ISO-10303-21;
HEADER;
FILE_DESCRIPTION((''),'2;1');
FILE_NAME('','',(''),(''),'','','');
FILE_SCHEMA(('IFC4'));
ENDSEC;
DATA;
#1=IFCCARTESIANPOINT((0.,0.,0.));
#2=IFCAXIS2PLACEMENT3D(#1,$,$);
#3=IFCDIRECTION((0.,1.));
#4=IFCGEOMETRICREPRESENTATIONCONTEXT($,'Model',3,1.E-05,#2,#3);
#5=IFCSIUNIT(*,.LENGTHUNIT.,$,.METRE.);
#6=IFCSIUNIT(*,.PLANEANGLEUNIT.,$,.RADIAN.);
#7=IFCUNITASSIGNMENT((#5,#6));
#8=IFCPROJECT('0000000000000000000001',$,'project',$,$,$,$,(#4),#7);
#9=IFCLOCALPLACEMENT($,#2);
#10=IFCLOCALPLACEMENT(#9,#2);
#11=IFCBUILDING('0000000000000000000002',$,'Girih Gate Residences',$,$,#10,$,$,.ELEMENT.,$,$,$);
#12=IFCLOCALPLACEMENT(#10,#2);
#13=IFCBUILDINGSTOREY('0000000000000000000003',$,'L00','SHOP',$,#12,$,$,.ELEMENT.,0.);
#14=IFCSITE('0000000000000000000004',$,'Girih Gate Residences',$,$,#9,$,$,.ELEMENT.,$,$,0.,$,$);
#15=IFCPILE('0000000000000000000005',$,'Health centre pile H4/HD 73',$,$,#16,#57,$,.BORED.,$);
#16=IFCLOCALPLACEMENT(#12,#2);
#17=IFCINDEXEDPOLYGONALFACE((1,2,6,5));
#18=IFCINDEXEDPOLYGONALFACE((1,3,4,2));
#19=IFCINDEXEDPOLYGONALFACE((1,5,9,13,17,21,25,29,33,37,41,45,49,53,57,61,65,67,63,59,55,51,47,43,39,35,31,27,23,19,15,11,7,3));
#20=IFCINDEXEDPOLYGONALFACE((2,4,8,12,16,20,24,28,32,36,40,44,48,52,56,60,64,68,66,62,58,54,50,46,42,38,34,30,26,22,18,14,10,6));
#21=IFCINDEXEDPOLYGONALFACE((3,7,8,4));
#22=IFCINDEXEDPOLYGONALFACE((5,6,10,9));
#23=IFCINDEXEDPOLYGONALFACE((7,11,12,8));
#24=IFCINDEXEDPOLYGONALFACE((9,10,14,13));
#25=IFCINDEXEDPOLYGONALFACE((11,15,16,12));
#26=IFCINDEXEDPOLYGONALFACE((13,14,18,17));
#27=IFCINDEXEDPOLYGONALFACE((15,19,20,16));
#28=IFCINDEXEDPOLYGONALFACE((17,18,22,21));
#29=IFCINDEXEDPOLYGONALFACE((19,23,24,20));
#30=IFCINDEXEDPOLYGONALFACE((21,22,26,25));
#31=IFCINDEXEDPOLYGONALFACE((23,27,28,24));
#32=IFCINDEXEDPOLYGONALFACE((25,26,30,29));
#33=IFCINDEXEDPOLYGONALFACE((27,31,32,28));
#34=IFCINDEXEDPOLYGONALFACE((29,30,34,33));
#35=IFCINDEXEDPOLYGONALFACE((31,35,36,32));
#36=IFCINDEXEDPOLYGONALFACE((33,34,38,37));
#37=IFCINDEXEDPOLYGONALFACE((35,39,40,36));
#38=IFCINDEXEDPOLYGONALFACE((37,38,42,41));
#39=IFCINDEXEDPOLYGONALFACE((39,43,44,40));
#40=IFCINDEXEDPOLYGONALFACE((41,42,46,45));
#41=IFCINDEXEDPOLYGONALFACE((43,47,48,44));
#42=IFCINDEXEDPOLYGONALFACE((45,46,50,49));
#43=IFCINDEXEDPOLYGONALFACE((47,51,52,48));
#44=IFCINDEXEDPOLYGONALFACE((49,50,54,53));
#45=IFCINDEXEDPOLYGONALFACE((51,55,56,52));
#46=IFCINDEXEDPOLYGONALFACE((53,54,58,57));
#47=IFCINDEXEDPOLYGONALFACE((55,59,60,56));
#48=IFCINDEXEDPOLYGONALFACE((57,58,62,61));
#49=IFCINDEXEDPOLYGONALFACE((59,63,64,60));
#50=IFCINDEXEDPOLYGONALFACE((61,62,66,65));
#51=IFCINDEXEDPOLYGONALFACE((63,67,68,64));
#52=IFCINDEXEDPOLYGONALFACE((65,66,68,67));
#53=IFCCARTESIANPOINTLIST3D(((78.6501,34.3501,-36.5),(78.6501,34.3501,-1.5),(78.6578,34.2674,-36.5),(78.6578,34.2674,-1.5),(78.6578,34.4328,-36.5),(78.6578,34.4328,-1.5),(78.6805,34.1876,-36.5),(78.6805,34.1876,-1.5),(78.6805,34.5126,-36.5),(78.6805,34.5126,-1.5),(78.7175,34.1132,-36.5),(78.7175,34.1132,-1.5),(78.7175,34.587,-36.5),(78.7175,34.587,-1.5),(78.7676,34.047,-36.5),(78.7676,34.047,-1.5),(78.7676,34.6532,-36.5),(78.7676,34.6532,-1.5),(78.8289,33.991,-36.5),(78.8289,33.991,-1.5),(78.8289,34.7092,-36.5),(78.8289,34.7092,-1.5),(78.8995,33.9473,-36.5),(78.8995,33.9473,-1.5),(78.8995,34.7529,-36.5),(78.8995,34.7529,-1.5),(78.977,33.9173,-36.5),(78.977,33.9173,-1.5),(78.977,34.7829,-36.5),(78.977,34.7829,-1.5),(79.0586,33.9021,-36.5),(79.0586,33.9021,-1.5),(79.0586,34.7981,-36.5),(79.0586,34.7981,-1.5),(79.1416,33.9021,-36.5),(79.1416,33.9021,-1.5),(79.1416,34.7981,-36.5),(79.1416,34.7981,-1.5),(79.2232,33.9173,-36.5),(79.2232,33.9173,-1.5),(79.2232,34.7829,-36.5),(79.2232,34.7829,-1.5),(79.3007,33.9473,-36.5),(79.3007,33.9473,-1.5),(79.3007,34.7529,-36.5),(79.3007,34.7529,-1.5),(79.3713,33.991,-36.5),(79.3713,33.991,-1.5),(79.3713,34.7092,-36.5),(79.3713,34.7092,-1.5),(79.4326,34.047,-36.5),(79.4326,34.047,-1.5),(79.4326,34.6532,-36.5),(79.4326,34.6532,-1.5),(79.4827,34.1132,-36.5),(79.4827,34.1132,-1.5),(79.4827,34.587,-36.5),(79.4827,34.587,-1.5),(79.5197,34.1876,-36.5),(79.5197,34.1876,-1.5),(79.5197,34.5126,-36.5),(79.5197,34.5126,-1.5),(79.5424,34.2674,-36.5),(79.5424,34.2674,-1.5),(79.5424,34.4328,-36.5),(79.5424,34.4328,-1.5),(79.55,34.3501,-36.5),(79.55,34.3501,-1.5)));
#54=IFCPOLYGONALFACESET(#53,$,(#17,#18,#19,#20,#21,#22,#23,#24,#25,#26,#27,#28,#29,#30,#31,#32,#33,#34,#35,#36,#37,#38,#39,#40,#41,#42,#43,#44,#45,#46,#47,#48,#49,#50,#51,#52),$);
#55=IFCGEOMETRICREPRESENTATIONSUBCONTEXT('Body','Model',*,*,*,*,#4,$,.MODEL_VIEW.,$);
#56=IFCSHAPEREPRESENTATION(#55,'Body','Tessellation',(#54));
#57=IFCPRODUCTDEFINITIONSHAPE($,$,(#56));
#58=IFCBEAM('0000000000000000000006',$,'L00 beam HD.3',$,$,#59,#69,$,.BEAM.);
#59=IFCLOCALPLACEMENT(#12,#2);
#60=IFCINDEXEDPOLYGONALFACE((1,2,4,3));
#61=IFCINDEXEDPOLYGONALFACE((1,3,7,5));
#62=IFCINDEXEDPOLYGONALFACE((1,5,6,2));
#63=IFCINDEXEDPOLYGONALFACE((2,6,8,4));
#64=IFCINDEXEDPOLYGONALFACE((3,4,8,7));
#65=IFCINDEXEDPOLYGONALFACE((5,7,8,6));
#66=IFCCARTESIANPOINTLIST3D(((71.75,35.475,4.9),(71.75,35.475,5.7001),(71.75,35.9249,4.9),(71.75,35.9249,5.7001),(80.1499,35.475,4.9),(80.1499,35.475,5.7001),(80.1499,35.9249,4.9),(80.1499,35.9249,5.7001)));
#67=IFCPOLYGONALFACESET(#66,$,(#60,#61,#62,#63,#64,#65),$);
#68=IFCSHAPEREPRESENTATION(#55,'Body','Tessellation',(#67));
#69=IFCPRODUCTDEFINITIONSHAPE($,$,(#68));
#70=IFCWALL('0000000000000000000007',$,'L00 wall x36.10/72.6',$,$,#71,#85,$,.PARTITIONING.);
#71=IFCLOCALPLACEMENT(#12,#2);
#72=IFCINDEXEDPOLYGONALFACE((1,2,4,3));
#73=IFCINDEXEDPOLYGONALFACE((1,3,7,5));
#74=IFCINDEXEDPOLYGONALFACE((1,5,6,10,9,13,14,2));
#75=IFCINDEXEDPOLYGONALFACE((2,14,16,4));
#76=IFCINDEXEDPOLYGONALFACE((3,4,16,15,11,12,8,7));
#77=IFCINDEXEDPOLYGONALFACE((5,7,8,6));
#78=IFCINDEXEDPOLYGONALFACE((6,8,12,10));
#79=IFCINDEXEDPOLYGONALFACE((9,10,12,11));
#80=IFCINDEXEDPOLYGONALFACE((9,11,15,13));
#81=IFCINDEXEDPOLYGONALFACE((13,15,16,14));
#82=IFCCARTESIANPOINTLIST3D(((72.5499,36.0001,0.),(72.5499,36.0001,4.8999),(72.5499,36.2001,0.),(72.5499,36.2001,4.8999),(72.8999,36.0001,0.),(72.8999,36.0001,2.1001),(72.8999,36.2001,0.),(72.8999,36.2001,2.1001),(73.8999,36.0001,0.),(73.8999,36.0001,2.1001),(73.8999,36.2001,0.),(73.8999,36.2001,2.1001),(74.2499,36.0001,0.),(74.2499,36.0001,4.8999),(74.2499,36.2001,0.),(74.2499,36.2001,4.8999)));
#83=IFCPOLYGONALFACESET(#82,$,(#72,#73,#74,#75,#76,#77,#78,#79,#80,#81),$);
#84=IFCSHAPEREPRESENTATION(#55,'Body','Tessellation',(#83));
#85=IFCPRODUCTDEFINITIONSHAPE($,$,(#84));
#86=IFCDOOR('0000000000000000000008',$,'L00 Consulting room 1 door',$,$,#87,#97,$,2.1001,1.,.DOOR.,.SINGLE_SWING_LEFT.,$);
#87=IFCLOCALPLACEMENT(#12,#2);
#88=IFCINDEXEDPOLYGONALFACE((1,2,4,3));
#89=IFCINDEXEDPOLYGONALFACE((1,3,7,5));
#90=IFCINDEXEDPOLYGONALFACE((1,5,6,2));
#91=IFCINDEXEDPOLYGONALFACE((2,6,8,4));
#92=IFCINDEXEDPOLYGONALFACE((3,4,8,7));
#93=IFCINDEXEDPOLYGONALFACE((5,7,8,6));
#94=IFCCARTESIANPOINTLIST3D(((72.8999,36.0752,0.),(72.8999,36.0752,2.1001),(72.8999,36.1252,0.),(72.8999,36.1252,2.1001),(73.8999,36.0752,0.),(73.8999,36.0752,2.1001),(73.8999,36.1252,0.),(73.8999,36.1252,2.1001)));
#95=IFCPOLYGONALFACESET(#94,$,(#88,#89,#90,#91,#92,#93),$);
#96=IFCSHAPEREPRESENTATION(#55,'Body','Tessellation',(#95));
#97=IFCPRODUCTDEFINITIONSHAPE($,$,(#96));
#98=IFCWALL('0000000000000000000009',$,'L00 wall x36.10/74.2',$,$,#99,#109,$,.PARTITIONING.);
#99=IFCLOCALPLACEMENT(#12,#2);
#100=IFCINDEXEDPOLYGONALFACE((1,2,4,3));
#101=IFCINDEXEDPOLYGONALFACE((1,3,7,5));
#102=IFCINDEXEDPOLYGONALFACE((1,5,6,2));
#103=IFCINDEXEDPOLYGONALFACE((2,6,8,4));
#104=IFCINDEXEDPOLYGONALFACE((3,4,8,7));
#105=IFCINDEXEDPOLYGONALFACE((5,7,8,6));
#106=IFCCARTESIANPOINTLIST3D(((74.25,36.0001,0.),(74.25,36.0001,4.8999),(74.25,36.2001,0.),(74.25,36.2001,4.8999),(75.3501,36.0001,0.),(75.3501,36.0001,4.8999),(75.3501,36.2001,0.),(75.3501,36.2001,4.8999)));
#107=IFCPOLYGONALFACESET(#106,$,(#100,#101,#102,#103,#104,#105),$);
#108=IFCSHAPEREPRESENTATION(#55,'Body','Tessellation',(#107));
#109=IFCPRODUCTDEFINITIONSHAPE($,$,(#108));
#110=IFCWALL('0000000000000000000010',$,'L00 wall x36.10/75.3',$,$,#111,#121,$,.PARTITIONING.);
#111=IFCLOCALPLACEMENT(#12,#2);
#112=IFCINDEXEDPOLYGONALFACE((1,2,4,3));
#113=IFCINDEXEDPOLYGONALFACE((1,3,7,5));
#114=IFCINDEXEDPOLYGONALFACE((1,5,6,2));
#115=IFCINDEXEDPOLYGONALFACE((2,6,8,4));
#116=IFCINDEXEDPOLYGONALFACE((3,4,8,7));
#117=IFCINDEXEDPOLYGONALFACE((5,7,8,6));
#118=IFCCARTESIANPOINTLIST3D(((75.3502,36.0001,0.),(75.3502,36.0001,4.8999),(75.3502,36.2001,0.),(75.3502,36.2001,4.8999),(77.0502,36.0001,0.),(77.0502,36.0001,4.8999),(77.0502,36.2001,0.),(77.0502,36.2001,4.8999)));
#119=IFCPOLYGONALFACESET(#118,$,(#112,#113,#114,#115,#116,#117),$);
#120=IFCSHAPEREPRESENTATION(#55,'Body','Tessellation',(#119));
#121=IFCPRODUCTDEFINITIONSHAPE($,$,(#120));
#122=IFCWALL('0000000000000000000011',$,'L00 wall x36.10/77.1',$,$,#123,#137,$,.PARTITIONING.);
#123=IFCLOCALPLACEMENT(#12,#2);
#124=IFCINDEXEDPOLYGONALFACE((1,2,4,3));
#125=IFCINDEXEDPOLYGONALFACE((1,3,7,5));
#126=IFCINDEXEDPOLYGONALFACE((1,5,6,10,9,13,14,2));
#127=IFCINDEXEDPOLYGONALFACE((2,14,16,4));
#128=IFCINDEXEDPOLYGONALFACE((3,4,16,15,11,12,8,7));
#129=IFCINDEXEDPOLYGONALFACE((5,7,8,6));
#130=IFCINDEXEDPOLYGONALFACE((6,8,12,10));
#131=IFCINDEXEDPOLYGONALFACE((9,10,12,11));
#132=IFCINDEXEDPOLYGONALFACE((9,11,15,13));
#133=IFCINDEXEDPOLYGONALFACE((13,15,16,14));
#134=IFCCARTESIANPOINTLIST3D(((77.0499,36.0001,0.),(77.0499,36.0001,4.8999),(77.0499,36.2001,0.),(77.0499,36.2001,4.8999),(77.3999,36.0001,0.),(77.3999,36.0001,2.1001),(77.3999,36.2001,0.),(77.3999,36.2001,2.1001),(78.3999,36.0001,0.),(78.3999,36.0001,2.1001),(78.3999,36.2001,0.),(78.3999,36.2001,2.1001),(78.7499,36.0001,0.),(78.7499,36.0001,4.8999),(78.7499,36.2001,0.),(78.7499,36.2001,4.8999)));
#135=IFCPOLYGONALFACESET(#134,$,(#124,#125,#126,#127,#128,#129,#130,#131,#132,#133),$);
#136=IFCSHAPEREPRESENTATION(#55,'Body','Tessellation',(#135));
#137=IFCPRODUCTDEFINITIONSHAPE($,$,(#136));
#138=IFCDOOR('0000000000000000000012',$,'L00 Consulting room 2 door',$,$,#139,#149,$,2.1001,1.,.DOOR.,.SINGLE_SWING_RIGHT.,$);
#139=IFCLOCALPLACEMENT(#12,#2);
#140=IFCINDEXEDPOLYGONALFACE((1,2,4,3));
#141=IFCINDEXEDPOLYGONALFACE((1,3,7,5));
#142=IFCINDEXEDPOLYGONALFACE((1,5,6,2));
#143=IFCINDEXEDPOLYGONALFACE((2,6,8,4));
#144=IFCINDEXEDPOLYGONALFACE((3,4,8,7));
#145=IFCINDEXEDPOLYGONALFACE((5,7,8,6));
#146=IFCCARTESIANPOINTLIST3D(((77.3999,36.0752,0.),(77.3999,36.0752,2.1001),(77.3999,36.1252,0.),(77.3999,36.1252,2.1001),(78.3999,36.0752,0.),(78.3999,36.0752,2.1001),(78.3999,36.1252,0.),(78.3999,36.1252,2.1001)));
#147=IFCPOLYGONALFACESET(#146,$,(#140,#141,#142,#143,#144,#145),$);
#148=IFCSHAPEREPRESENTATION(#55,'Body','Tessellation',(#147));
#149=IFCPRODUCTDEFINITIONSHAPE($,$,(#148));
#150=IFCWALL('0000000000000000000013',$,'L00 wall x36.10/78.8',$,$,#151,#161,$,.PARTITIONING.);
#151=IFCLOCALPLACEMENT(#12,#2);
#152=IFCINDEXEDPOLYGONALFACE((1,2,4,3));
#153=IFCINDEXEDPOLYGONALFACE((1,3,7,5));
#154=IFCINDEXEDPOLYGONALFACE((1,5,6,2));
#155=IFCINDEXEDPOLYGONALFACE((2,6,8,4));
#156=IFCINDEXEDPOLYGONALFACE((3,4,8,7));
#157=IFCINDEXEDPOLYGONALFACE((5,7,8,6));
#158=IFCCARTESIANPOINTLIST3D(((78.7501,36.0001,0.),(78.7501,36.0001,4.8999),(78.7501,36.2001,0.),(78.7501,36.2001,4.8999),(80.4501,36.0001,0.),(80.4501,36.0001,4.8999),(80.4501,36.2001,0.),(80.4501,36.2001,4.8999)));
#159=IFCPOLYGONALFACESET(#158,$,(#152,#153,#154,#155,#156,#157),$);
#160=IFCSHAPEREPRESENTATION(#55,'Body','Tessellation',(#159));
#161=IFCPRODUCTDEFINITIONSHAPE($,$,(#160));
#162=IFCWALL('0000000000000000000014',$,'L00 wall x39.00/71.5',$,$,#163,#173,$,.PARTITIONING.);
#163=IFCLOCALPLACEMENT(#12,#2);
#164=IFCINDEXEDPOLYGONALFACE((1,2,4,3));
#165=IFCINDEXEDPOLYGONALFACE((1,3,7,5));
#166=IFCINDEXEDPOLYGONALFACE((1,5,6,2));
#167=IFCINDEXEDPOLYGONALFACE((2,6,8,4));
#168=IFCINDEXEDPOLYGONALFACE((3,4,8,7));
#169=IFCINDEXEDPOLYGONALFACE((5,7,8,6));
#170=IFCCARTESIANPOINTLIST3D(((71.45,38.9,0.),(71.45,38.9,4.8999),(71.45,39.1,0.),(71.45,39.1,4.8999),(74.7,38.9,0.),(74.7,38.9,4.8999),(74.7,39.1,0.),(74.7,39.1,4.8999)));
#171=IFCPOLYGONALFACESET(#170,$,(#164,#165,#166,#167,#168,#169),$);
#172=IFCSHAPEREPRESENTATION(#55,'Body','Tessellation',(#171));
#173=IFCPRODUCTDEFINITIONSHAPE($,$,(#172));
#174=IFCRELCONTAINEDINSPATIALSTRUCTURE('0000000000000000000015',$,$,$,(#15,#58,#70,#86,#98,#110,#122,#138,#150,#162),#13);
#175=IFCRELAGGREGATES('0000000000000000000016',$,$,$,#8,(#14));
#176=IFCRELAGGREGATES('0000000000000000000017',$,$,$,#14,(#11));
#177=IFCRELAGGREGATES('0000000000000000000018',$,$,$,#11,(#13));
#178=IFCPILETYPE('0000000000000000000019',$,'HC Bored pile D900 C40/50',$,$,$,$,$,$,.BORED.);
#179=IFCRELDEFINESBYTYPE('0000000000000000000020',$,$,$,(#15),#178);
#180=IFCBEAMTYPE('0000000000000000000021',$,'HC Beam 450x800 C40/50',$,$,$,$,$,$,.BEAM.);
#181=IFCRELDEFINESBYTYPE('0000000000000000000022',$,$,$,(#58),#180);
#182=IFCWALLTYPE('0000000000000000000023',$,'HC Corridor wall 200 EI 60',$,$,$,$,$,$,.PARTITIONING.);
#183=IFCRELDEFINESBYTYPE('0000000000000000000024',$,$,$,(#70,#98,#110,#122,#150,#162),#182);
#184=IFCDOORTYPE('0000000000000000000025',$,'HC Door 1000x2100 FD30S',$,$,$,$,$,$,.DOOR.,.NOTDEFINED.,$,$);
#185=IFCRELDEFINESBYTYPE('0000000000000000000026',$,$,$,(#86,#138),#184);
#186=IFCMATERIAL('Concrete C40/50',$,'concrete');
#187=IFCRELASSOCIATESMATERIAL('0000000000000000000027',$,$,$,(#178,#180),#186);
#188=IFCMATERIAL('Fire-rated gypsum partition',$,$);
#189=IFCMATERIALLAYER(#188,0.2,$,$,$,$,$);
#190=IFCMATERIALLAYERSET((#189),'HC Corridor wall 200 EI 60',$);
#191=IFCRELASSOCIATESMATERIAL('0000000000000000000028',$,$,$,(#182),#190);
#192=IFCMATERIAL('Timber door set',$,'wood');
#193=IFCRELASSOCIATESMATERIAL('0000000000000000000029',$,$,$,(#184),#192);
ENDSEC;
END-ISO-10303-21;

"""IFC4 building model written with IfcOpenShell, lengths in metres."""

from ifc_helpers import new_model, si_unit, direction, frame, frame_2d, origin, origin_2d, place, context, subcontext, project, spatial, rectangle, circle, extrude, material, layer, layer_set, material_profile, profile_set, type_object, element, fill, save


model = new_model("IFC4")

# Units and contexts
model_context = context("Model", 3, precision=1e-05, world=origin(), true_north=direction((0.0, 1.0)))
body_context = subcontext(model_context, "Body", "Model", "MODEL_VIEW")
ifc_project = project(units=[si_unit("LENGTHUNIT", "METRE"), si_unit("PLANEANGLEUNIT", "RADIAN")], contexts=[model_context])

# Site, building, storey
site_placement = place(None, origin())
site = spatial("IfcSite", under=ifc_project, at=site_placement, Name="Girih Gate Residences", CompositionType="ELEMENT", RefElevation=0.0)
building_placement = place(site_placement, origin())
building = spatial("IfcBuilding", under=site, at=building_placement, Name="Girih Gate Residences", CompositionType="ELEMENT")
storey_placement = place(building_placement, origin())
storey = spatial("IfcBuildingStorey", under=building, at=storey_placement, Name="L00", Description="SHOP", CompositionType="ELEMENT", Elevation=0.0)

# Pile
ifc_material_1 = material(Name="Concrete C40/50", Category="concrete")
ifc_material_profile_1 = material_profile(ifc_material_1, circle(Radius=0.45, at=origin_2d()))
ifc_profile_set_1 = profile_set([ifc_material_profile_1], Name="Concrete C40/50")
pile_type = type_object("IfcPileType", Name="HC Bored pile D900 C40/50", PredefinedType="BORED", material=ifc_profile_set_1)
for number, where, z_axis, x_axis, name in (
    (1, (79.1001, 34.3501, -1.5), (0.0, 0.0, -1.0), (1.0, 0.0, 0.0), "Health centre pile H4/HD 73"),
):
    element("IfcPile", number, at=place(storey_placement, frame(where, z_axis=z_axis, x_axis=x_axis)), inside=storey, type_object=pile_type, Name=name, PredefinedType="BORED", context=body_context, shape_type="SweptSolid", body=[
        extrude(circle(Radius=0.45, at=origin_2d()), origin(), (0.0, 0.0, 1.0), 35.0),
    ])

# Beam
ifc_material_profile_2 = material_profile(ifc_material_1, rectangle(XDim=0.45, YDim=0.8, at=origin_2d()))
ifc_profile_set_2 = profile_set([ifc_material_profile_2], Name="Concrete C40/50")
beam_type = type_object("IfcBeamType", Name="HC Beam 450x800 C40/50", PredefinedType="BEAM", material=ifc_profile_set_2)
beam_placement = place(storey_placement, frame((71.75, 35.7, 5.3), z_axis=(1.0, 0.0, 0.0), x_axis=(0.0, 1.0, 0.0)))
element("IfcBeam", 2, at=beam_placement, inside=storey, type_object=beam_type, Name="L00 beam HD.3", PredefinedType="BEAM", context=body_context, shape_type="SweptSolid", body=[
    extrude(rectangle(XDim=0.45, YDim=0.8, at=origin_2d()), origin(), (0.0, 0.0, 1.0), 8.3999),
])

# Wall, opening, door
ifc_material_2 = material(Name="Fire-rated gypsum partition")
ifc_layer = layer(ifc_material_2, 0.2)
ifc_layer_set = layer_set([ifc_layer], Name="HC Corridor wall 200 EI 60")
wall_type = type_object("IfcWallType", Name="HC Corridor wall 200 EI 60", PredefinedType="PARTITIONING", material=ifc_layer_set)
wall_1_placement = place(storey_placement, frame((74.25, 36.1001, 0.0), z_axis=(0.0, 0.0, 1.0), x_axis=(-1.0, 0.0, 0.0)))
wall_1 = element("IfcWall", 3, at=wall_1_placement, inside=storey, type_object=wall_type, Name="L00 wall x36.10/72.6", PredefinedType="PARTITIONING", context=body_context, shape_type="SweptSolid", body=[
    extrude(rectangle(XDim=1.7, YDim=0.2, at=frame_2d((0.8501, 0.0))), origin(), (0.0, 0.0, 1.0), 4.8999),
])
opening_1_placement = place(wall_1_placement, frame((0.3501, 0.0, 0.0)))
opening_1 = element("IfcOpeningElement", 4, at=opening_1_placement, cuts=wall_1, PredefinedType="OPENING", context=body_context, shape_type="SweptSolid", body=[
    extrude(rectangle(XDim=1.0, YDim=2.1001, at=frame_2d((0.5, 1.05))), frame((0.0, 0.1099, 0.0), z_axis=(0.0, -1.0, 0.0), x_axis=(1.0, 0.0, 0.0)), (0.0, 0.0, 1.0), 0.22),
])
ifc_material_3 = material(Name="Timber door set", Category="wood")
door_type_1 = type_object("IfcDoorType", Name="HC Door 1000x2100 FD30S", OperationType="NOTDEFINED", PredefinedType="DOOR", material=ifc_material_3)
door_1_placement = place(opening_1_placement, origin())
door_1 = element("IfcDoor", 5, at=door_1_placement, inside=storey, type_object=door_type_1, Name="L00 Consulting room 1 door", OperationType="SINGLE_SWING_LEFT", OverallHeight=2.1001, OverallWidth=1.0, PredefinedType="DOOR", context=body_context, shape_type="SweptSolid", body=[
    extrude(rectangle(XDim=1.0, YDim=2.1001, at=frame_2d((0.5, 1.05))), frame((0.0, 0.0249, 0.0), z_axis=(0.0, -1.0, 0.0), x_axis=(1.0, 0.0, 0.0)), (0.0, 0.0, 1.0), 0.05),
])
fill(opening_1, door_1)

# Walls
wall_2_placement = place(storey_placement, frame((74.25, 36.1001, 0.0), z_axis=(0.0, 0.0, 1.0), x_axis=(1.0, 0.0, 0.0)))
element("IfcWall", 6, at=wall_2_placement, inside=storey, type_object=wall_type, Name="L00 wall x36.10/74.2", PredefinedType="PARTITIONING", context=body_context, shape_type="SweptSolid", body=[
    extrude(rectangle(XDim=1.1001, YDim=0.2, at=frame_2d((0.55, 0.0))), origin(), (0.0, 0.0, 1.0), 4.8999),
])
wall_3_placement = place(storey_placement, frame((75.3501, 36.1001, 0.0), z_axis=(0.0, 0.0, 1.0), x_axis=(1.0, 0.0, 0.0)))
element("IfcWall", 7, at=wall_3_placement, inside=storey, type_object=wall_type, Name="L00 wall x36.10/75.3", PredefinedType="PARTITIONING", context=body_context, shape_type="SweptSolid", body=[
    extrude(rectangle(XDim=1.7, YDim=0.2, at=frame_2d((0.8501, 0.0))), origin(), (0.0, 0.0, 1.0), 4.8999),
])

# Wall, opening, door
wall_4_placement = place(storey_placement, frame((78.75, 36.1001, 0.0), z_axis=(0.0, 0.0, 1.0), x_axis=(-1.0, 0.0, 0.0)))
wall_4 = element("IfcWall", 8, at=wall_4_placement, inside=storey, type_object=wall_type, Name="L00 wall x36.10/77.1", PredefinedType="PARTITIONING", context=body_context, shape_type="SweptSolid", body=[
    extrude(rectangle(XDim=1.7, YDim=0.2, at=frame_2d((0.8501, 0.0))), origin(), (0.0, 0.0, 1.0), 4.8999),
])
opening_2_placement = place(wall_4_placement, frame((0.3501, 0.0, 0.0)))
opening_2 = element("IfcOpeningElement", 9, at=opening_2_placement, cuts=wall_4, PredefinedType="OPENING", context=body_context, shape_type="SweptSolid", body=[
    extrude(rectangle(XDim=1.0, YDim=2.1001, at=frame_2d((0.5, 1.05))), frame((0.0, 0.1099, 0.0), z_axis=(0.0, -1.0, 0.0), x_axis=(1.0, 0.0, 0.0)), (0.0, 0.0, 1.0), 0.22),
])
door_2_placement = place(opening_2_placement, origin())
door_2 = element("IfcDoor", 10, at=door_2_placement, inside=storey, type_object=door_type_1, Name="L00 Consulting room 2 door", OperationType="SINGLE_SWING_RIGHT", OverallHeight=2.1001, OverallWidth=1.0, PredefinedType="DOOR", context=body_context, shape_type="SweptSolid", body=[
    extrude(rectangle(XDim=1.0, YDim=2.1001, at=frame_2d((0.5, 1.05))), frame((0.0, 0.0249, 0.0), z_axis=(0.0, -1.0, 0.0), x_axis=(1.0, 0.0, 0.0)), (0.0, 0.0, 1.0), 0.05),
])
fill(opening_2, door_2)

# Walls
wall_5_placement = place(storey_placement, frame((78.75, 36.1001, 0.0), z_axis=(0.0, 0.0, 1.0), x_axis=(1.0, 0.0, 0.0)))
element("IfcWall", 11, at=wall_5_placement, inside=storey, type_object=wall_type, Name="L00 wall x36.10/78.8", PredefinedType="PARTITIONING", context=body_context, shape_type="SweptSolid", body=[
    extrude(rectangle(XDim=1.7, YDim=0.2, at=frame_2d((0.8501, 0.0))), origin(), (0.0, 0.0, 1.0), 4.8999),
])
wall_6_placement = place(storey_placement, frame((71.45, 39.0, 0.0), z_axis=(0.0, 0.0, 1.0), x_axis=(1.0, 0.0, 0.0)))
element("IfcWall", 12, at=wall_6_placement, inside=storey, type_object=wall_type, Name="L00 wall x39.00/71.5", PredefinedType="PARTITIONING", context=body_context, shape_type="SweptSolid", body=[
    extrude(rectangle(XDim=3.25, YDim=0.2, at=frame_2d((1.625, 0.0))), origin(), (0.0, 0.0, 1.0), 4.8999),
])

save(model, "model.ifc")
